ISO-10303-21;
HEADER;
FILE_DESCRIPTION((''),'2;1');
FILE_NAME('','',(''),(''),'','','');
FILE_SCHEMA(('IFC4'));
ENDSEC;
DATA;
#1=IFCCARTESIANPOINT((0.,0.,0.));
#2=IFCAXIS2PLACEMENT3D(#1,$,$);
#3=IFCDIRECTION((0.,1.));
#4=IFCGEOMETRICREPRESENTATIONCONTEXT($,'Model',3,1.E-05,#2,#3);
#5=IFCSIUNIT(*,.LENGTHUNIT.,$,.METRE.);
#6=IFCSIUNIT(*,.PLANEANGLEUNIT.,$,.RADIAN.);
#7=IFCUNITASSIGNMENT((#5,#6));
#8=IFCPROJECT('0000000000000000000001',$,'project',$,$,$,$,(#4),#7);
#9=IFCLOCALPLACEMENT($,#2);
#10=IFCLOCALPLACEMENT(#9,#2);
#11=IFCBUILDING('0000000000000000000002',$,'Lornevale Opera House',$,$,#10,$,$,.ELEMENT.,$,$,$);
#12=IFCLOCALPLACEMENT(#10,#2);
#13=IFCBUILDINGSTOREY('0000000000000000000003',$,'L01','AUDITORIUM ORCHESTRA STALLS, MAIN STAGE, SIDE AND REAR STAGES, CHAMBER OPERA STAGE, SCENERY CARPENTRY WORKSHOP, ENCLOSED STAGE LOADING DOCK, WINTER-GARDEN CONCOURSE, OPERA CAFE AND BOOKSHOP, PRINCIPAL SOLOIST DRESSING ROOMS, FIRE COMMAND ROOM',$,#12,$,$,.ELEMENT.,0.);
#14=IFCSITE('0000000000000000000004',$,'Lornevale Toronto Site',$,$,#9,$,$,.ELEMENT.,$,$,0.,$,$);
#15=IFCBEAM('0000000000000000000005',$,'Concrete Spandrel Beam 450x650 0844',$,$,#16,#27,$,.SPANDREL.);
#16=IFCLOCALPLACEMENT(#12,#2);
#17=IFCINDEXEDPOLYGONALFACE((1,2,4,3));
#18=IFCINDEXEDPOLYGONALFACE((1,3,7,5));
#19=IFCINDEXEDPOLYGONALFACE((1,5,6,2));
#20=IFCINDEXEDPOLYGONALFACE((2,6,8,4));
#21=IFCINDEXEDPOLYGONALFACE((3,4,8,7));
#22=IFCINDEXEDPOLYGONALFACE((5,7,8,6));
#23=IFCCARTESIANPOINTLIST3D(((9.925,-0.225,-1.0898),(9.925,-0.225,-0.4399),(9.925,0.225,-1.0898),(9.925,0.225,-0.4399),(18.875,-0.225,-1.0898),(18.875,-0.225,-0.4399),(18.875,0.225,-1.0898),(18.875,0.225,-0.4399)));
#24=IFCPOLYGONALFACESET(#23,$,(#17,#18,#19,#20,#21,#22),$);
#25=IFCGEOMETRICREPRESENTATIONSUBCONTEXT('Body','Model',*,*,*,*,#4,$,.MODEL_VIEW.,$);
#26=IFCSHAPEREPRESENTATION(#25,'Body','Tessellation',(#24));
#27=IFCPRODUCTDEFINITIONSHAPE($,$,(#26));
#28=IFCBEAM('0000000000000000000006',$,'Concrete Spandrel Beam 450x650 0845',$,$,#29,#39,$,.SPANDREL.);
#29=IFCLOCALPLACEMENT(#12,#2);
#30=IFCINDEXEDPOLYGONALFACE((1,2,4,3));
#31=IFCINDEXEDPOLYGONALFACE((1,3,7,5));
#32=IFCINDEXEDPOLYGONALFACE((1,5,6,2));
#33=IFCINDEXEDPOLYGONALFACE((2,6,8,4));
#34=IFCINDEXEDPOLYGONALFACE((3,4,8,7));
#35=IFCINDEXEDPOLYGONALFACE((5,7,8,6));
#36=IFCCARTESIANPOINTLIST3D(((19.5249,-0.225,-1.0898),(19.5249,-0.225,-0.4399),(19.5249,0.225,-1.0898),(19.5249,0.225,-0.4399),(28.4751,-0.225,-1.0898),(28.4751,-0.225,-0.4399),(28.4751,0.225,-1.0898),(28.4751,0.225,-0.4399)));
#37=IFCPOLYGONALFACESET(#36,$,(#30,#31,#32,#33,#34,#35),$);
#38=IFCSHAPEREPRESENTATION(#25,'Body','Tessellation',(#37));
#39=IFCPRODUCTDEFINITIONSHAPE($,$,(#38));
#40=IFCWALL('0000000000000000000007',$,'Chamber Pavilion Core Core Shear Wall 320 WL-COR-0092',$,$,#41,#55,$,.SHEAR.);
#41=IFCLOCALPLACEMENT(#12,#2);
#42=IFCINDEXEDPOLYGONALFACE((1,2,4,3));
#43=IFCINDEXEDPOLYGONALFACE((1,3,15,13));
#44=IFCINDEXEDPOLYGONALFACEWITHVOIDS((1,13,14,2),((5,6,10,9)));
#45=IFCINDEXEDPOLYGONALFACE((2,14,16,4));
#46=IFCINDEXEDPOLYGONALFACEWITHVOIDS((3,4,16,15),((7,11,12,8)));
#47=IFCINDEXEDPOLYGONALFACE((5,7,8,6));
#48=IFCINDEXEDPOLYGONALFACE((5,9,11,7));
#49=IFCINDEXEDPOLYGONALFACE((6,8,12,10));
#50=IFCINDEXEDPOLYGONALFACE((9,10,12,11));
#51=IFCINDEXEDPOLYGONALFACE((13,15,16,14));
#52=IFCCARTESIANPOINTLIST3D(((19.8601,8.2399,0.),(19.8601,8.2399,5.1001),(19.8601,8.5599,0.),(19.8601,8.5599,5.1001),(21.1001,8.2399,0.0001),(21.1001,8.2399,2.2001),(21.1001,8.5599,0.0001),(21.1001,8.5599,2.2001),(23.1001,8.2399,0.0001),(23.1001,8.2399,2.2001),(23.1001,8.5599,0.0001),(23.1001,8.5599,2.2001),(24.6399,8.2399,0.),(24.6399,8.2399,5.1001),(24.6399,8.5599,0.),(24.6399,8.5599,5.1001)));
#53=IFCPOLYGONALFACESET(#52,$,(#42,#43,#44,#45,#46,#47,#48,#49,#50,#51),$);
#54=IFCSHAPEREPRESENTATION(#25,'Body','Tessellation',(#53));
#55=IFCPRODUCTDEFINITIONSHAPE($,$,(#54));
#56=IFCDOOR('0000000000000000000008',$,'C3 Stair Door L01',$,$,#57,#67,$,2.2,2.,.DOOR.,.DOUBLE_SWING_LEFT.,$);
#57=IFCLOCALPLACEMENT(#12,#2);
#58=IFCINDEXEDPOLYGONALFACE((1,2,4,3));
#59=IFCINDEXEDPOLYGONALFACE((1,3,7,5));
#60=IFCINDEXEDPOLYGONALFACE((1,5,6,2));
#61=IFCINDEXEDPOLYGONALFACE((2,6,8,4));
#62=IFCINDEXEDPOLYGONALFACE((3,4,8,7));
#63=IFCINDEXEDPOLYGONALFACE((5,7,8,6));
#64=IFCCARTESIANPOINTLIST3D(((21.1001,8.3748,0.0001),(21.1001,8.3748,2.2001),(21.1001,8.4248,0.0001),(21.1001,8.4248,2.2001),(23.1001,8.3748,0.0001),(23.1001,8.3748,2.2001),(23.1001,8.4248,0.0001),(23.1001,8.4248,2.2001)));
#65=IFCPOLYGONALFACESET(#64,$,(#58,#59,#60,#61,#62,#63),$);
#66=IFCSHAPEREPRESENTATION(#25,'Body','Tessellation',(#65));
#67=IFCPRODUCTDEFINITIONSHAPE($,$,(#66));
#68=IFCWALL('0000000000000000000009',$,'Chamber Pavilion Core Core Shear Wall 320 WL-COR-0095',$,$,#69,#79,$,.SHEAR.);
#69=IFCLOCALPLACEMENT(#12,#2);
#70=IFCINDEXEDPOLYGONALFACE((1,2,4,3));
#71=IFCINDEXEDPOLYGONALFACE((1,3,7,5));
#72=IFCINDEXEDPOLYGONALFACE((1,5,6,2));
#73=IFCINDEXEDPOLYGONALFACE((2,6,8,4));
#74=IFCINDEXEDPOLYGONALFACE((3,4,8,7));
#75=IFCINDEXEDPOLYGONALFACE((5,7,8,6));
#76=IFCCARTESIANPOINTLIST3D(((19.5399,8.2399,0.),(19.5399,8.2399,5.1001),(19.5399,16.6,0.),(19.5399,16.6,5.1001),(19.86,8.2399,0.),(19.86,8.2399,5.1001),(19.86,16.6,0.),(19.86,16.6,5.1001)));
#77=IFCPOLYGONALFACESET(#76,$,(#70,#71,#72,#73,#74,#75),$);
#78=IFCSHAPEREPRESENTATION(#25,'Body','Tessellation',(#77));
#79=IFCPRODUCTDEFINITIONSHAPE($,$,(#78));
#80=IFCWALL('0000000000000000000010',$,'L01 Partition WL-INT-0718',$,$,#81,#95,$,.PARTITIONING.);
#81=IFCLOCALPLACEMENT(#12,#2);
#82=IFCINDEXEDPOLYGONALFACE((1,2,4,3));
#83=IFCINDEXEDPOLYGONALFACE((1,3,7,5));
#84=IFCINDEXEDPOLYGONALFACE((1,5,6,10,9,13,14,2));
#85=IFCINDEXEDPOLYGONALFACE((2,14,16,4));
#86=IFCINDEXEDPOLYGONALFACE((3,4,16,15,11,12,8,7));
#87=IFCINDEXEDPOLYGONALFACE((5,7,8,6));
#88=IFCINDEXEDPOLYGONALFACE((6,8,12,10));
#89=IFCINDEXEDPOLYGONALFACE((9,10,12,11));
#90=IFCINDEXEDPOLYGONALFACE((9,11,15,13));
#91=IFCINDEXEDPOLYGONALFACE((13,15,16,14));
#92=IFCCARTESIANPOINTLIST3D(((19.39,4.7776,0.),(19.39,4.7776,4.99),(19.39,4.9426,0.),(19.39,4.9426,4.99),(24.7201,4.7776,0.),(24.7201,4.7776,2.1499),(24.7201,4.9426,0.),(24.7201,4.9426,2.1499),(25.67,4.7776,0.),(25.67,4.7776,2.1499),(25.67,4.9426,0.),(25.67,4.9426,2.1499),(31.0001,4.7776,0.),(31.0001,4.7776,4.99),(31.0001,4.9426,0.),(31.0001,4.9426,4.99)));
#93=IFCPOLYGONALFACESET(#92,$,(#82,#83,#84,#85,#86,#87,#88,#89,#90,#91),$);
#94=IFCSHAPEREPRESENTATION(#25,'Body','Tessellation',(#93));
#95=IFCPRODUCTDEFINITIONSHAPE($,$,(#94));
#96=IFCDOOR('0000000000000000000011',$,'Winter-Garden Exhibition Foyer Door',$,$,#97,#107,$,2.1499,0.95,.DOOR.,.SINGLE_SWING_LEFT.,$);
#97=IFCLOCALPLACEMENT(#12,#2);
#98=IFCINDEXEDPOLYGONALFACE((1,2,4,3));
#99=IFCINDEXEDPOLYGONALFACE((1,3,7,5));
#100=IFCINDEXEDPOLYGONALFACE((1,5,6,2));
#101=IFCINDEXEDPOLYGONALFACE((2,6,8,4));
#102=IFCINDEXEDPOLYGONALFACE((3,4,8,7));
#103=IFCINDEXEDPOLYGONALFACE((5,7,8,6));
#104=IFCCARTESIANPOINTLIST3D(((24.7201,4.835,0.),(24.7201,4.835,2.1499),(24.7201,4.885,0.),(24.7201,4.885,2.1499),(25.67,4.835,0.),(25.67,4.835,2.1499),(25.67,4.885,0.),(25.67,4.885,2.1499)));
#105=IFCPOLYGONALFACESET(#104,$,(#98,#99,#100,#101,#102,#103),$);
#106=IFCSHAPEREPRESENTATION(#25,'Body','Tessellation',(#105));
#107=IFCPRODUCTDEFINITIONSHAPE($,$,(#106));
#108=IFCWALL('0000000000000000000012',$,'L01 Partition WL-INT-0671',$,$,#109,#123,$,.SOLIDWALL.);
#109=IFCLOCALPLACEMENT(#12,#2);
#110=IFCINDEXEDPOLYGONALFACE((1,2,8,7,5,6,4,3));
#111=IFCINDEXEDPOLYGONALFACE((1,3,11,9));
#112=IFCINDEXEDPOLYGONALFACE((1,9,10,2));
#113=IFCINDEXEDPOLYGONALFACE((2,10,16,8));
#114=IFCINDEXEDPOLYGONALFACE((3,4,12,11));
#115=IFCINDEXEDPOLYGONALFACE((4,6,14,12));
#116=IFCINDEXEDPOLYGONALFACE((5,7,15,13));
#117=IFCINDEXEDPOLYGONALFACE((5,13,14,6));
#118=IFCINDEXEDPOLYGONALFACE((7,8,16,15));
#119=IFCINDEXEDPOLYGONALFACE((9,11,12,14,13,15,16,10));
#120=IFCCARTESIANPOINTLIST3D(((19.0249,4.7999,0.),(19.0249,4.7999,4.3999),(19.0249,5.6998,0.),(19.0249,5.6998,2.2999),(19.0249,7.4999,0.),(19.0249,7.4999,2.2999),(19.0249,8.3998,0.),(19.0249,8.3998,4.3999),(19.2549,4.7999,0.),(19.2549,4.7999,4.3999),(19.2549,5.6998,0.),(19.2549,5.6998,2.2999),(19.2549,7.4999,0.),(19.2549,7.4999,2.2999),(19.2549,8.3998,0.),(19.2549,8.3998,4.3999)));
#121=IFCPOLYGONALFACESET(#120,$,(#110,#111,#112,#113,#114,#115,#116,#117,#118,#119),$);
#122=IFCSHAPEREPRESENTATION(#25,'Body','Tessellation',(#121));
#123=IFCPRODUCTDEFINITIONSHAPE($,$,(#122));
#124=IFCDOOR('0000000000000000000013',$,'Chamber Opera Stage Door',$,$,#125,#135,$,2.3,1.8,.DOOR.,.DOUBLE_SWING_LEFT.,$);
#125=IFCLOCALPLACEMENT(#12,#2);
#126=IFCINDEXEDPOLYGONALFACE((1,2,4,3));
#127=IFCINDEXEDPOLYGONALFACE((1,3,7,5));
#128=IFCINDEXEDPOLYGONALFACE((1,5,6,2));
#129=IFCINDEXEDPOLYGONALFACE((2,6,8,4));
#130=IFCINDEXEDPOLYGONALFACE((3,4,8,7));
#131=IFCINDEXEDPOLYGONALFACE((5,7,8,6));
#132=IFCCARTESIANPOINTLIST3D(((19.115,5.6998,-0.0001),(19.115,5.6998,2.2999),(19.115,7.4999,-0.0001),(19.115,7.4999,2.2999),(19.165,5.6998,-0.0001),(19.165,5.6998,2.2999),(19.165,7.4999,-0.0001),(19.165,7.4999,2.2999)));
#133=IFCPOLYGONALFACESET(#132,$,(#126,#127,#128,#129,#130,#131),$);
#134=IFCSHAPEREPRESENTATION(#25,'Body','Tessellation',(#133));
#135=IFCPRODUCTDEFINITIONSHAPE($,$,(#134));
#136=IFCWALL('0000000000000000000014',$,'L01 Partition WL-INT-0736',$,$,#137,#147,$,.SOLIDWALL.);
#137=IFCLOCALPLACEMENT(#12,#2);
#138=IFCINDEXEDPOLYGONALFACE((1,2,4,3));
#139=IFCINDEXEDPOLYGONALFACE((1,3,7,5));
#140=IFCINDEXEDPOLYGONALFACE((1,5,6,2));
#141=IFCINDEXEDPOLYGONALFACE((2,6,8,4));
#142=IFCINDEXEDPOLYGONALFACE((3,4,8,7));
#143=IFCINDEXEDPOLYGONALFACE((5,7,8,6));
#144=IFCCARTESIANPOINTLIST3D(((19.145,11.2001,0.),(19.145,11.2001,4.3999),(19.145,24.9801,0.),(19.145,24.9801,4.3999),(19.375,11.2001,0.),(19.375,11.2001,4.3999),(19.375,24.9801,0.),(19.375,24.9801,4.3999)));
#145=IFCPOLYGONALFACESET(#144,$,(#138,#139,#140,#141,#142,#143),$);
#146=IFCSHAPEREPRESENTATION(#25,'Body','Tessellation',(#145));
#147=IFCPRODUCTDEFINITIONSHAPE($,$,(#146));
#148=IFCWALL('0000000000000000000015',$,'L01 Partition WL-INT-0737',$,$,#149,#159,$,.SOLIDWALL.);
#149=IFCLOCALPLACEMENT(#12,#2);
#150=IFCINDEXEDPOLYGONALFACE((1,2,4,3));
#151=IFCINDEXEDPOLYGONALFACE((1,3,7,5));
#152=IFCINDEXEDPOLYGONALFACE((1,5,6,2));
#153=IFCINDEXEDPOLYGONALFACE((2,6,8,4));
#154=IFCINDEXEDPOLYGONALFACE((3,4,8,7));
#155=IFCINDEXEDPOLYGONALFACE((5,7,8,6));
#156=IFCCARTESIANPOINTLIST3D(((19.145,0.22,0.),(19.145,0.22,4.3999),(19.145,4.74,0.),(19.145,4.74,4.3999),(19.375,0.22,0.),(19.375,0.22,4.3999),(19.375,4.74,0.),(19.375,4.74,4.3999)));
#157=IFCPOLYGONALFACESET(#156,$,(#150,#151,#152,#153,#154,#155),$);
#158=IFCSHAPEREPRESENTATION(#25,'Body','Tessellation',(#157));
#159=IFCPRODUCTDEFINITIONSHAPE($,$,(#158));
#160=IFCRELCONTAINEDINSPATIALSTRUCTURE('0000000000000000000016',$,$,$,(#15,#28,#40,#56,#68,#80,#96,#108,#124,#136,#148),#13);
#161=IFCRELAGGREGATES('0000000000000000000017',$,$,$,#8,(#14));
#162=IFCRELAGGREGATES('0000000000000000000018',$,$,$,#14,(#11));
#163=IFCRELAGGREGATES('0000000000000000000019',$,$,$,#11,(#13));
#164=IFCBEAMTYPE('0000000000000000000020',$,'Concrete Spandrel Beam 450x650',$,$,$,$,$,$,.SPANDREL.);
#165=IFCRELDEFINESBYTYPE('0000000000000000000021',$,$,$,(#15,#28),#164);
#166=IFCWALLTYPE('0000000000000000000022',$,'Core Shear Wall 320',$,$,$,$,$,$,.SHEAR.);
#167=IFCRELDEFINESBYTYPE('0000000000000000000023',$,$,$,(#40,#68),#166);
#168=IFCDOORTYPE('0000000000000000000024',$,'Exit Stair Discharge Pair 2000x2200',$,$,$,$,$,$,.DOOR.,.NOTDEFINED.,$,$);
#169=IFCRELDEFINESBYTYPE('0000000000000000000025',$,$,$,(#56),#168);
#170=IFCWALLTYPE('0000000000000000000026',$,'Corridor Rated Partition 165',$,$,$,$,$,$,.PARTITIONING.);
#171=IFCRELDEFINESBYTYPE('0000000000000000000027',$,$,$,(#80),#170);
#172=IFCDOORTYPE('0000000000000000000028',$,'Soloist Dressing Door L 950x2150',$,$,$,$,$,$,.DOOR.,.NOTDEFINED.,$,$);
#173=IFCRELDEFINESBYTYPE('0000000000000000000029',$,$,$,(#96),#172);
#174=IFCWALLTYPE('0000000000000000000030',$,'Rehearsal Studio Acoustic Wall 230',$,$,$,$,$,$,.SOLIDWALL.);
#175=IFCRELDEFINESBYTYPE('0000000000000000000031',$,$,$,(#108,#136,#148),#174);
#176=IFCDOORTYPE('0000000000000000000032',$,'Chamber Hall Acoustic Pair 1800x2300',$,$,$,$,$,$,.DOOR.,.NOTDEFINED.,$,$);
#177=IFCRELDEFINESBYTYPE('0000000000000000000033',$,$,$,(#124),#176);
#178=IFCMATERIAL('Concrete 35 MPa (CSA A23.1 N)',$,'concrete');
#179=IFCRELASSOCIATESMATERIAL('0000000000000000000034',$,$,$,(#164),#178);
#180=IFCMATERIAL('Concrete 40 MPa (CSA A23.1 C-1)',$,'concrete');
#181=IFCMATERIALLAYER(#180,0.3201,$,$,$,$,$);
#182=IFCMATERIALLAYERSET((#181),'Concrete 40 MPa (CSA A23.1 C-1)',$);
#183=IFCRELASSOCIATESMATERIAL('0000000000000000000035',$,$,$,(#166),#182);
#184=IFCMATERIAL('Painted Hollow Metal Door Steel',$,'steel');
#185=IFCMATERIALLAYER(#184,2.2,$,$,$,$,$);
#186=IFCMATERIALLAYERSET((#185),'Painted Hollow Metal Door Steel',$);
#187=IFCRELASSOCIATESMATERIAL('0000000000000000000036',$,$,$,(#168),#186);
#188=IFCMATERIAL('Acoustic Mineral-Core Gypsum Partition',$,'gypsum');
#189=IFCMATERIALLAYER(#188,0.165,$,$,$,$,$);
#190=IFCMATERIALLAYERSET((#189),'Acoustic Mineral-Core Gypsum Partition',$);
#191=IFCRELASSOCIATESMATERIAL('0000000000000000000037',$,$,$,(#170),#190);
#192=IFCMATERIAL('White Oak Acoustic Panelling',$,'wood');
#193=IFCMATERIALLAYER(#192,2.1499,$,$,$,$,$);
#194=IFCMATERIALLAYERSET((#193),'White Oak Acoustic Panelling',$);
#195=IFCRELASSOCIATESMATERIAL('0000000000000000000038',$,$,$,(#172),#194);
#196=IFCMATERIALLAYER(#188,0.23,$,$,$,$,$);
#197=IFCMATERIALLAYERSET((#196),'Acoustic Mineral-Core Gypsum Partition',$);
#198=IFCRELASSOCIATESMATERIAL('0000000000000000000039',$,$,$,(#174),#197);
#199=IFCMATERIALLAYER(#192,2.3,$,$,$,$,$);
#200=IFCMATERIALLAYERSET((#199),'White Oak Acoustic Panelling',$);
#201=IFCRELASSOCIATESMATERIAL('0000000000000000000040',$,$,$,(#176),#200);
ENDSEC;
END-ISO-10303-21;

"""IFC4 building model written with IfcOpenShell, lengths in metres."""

from ifc_helpers import new_model, si_unit, direction, frame, frame_2d, origin, origin_2d, place, context, subcontext, project, spatial, rectangle, extrude, material, layer, layer_set, material_profile, profile_set, type_object, element, fill, save


model = new_model("IFC4")

# Units and contexts
model_context = context("Model", 3, precision=1e-05, world=origin(), true_north=direction((0.0, 1.0)))
body_context = subcontext(model_context, "Body", "Model", "MODEL_VIEW")
ifc_project = project(units=[si_unit("LENGTHUNIT", "METRE"), si_unit("PLANEANGLEUNIT", "RADIAN")], contexts=[model_context])

# Site, building, storey
site_placement = place(None, origin())
site = spatial("IfcSite", under=ifc_project, at=site_placement, Name="Lornevale Toronto Site", CompositionType="ELEMENT", RefElevation=0.0)
building_placement = place(site_placement, origin())
building = spatial("IfcBuilding", under=site, at=building_placement, Name="Lornevale Opera House", CompositionType="ELEMENT")
storey_placement = place(building_placement, origin())
storey = spatial("IfcBuildingStorey", under=building, at=storey_placement, Name="L01", Description="AUDITORIUM ORCHESTRA STALLS, MAIN STAGE, SIDE AND REAR STAGES, CHAMBER OPERA STAGE, SCENERY CARPENTRY WORKSHOP, ENCLOSED STAGE LOADING DOCK, WINTER-GARDEN CONCOURSE, OPERA CAFE AND BOOKSHOP, PRINCIPAL SOLOIST DRESSING ROOMS, FIRE COMMAND ROOM", CompositionType="ELEMENT", Elevation=0.0)

# Shared definitions
ifc_material_1 = material(Name="Concrete 40 MPa (CSA A23.1 C-1)", Category="concrete")

# Beams
ifc_material_2 = material(Name="Concrete 35 MPa (CSA A23.1 N)", Category="concrete")
ifc_material_profile_1 = material_profile(ifc_material_2, rectangle(XDim=0.45, YDim=0.6499, at=origin_2d()), Name="RC450x650")
ifc_profile_set_1 = profile_set([ifc_material_profile_1], Name="Concrete 35 MPa (CSA A23.1 N)")
beam_type_1 = type_object("IfcBeamType", Name="Concrete Spandrel Beam 450x650", PredefinedType="SPANDREL", material=ifc_profile_set_1)
beam_1_placement = place(storey_placement, frame((9.925, 0.0, -0.7649), z_axis=(1.0, 0.0, 0.0), x_axis=(0.0, 1.0, 0.0)))
element("IfcBeam", 1, at=beam_1_placement, inside=storey, type_object=beam_type_1, Name="Concrete Spandrel Beam 450x650 0844", PredefinedType="SPANDREL", context=body_context, shape_type="SweptSolid", body=[
    extrude(rectangle(XDim=0.45, YDim=0.6499, at=origin_2d()), origin(), (0.0, 0.0, 1.0), 8.95),
])
beam_2_placement = place(storey_placement, frame((19.5249, 0.0, -0.7649), z_axis=(1.0, 0.0, 0.0), x_axis=(0.0, 1.0, 0.0)))
element("IfcBeam", 2, at=beam_2_placement, inside=storey, type_object=beam_type_1, Name="Concrete Spandrel Beam 450x650 0845", PredefinedType="SPANDREL", context=body_context, shape_type="SweptSolid", body=[
    extrude(rectangle(XDim=0.45, YDim=0.6499, at=origin_2d()), origin(), (0.0, 0.0, 1.0), 8.9502),
])

# Wall, opening, door
ifc_layer_1 = layer(ifc_material_1, 0.3201)
ifc_layer_set_1 = layer_set([ifc_layer_1], Name="Concrete 40 MPa (CSA A23.1 C-1)")
wall_type_1 = type_object("IfcWallType", Name="Core Shear Wall 320", PredefinedType="SHEAR", material=ifc_layer_set_1)
wall_1_placement = place(storey_placement, frame((19.8601, 8.3999, 0.0), z_axis=(0.0, 0.0, 1.0), x_axis=(1.0, 0.0, 0.0)))
wall_1 = element("IfcWall", 3, at=wall_1_placement, inside=storey, type_object=wall_type_1, Name="Chamber Pavilion Core Core Shear Wall 320 WL-COR-0092", PredefinedType="SHEAR", context=body_context, shape_type="SweptSolid", body=[
    extrude(rectangle(XDim=4.7798, YDim=0.3201, at=frame_2d((2.3899, 0.0))), origin(), (0.0, 0.0, 1.0), 5.1001),
])
opening_1_placement = place(wall_1_placement, frame((1.24, 0.0, 0.0)))
opening_1 = element("IfcOpeningElement", 4, at=opening_1_placement, cuts=wall_1, PredefinedType="OPENING", context=body_context, shape_type="SweptSolid", body=[
    extrude(rectangle(XDim=2.0, YDim=2.2, at=frame_2d((1.0, 1.1001))), frame((0.0, 0.1699, 0.0), z_axis=(0.0, -1.0, 0.0), x_axis=(1.0, 0.0, 0.0)), (0.0, 0.0, 1.0), 0.3401),
])
ifc_material_3 = material(Name="Painted Hollow Metal Door Steel", Category="steel")
ifc_layer_2 = layer(ifc_material_3, 2.2)
ifc_layer_set_2 = layer_set([ifc_layer_2], Name="Painted Hollow Metal Door Steel")
door_type_1 = type_object("IfcDoorType", Name="Exit Stair Discharge Pair 2000x2200", OperationType="NOTDEFINED", PredefinedType="DOOR", material=ifc_layer_set_2)
door_1_placement = place(opening_1_placement, origin())
door_1 = element("IfcDoor", 5, at=door_1_placement, inside=storey, type_object=door_type_1, Name="C3 Stair Door L01", OperationType="DOUBLE_SWING_LEFT", OverallHeight=2.2, OverallWidth=2.0, PredefinedType="DOOR", context=body_context, shape_type="SweptSolid", body=[
    extrude(rectangle(XDim=2.0, YDim=2.2, at=frame_2d((1.0, 1.1001))), frame((0.0, 0.0249, 0.0), z_axis=(0.0, -1.0, 0.0), x_axis=(1.0, 0.0, 0.0)), (0.0, 0.0, 1.0), 0.05),
])
fill(opening_1, door_1)

# Wall
wall_2_placement = place(storey_placement, frame((19.7, 16.6001, 0.0), z_axis=(0.0, 0.0, 1.0), x_axis=(0.0, -1.0, 0.0)))
element("IfcWall", 6, at=wall_2_placement, inside=storey, type_object=wall_type_1, Name="Chamber Pavilion Core Core Shear Wall 320 WL-COR-0095", PredefinedType="SHEAR", context=body_context, shape_type="SweptSolid", body=[
    extrude(rectangle(XDim=8.3601, YDim=0.3201, at=frame_2d((4.1802, 0.0))), origin(), (0.0, 0.0, 1.0), 5.1001),
])

# Walls, openings, doors
ifc_material_4 = material(Name="Acoustic Mineral-Core Gypsum Partition", Category="gypsum")
ifc_layer_3 = layer(ifc_material_4, 0.165)
ifc_layer_set_3 = layer_set([ifc_layer_3], Name="Acoustic Mineral-Core Gypsum Partition")
wall_type_2 = type_object("IfcWallType", Name="Corridor Rated Partition 165", PredefinedType="PARTITIONING", material=ifc_layer_set_3)
wall_3_placement = place(storey_placement, frame((19.3899, 4.8601, 0.0), z_axis=(0.0, 0.0, 1.0), x_axis=(1.0, 0.0, 0.0)))
wall_3 = element("IfcWall", 7, at=wall_3_placement, inside=storey, type_object=wall_type_2, Name="L01 Partition WL-INT-0718", PredefinedType="PARTITIONING", context=body_context, shape_type="SweptSolid", body=[
    extrude(rectangle(XDim=11.6101, YDim=0.165, at=frame_2d((5.8052, 0.0))), origin(), (0.0, 0.0, 1.0), 4.99),
])
opening_2_placement = place(wall_3_placement, frame((5.3301, 0.0, 0.0)))
opening_2 = element("IfcOpeningElement", 8, at=opening_2_placement, cuts=wall_3, PredefinedType="OPENING", context=body_context, shape_type="SweptSolid", body=[
    extrude(rectangle(XDim=0.95, YDim=2.1499, at=frame_2d((0.4751, 1.075))), frame((0.0, 0.0925, 0.0), z_axis=(0.0, -1.0, 0.0), x_axis=(1.0, 0.0, 0.0)), (0.0, 0.0, 1.0), 0.1851),
])
ifc_material_5 = material(Name="White Oak Acoustic Panelling", Category="wood")
ifc_layer_4 = layer(ifc_material_5, 2.1499)
ifc_layer_set_4 = layer_set([ifc_layer_4], Name="White Oak Acoustic Panelling")
door_type_2 = type_object("IfcDoorType", Name="Soloist Dressing Door L 950x2150", OperationType="NOTDEFINED", PredefinedType="DOOR", material=ifc_layer_set_4)
door_2_placement = place(opening_2_placement, origin())
door_2 = element("IfcDoor", 9, at=door_2_placement, inside=storey, type_object=door_type_2, Name="Winter-Garden Exhibition Foyer Door", OperationType="SINGLE_SWING_LEFT", OverallHeight=2.1499, OverallWidth=0.95, PredefinedType="DOOR", context=body_context, shape_type="SweptSolid", body=[
    extrude(rectangle(XDim=0.95, YDim=2.1499, at=frame_2d((0.4751, 1.075))), frame((0.0, 0.0249, 0.0), z_axis=(0.0, -1.0, 0.0), x_axis=(1.0, 0.0, 0.0)), (0.0, 0.0, 1.0), 0.05),
])
fill(opening_2, door_2)
ifc_layer_5 = layer(ifc_material_4, 0.23)
ifc_layer_set_5 = layer_set([ifc_layer_5], Name="Acoustic Mineral-Core Gypsum Partition")
wall_type_3 = type_object("IfcWallType", Name="Rehearsal Studio Acoustic Wall 230", PredefinedType="SOLIDWALL", material=ifc_layer_set_5)
wall_4_placement = place(storey_placement, frame((19.1399, 4.8, 0.0), z_axis=(0.0, 0.0, 1.0), x_axis=(0.0, 1.0, 0.0)))
wall_4 = element("IfcWall", 10, at=wall_4_placement, inside=storey, type_object=wall_type_3, Name="L01 Partition WL-INT-0671", PredefinedType="SOLIDWALL", context=body_context, shape_type="SweptSolid", body=[
    extrude(rectangle(XDim=3.5999, YDim=0.23, at=frame_2d((1.7998, 0.0))), origin(), (0.0, 0.0, 1.0), 4.3999),
])
opening_3_placement = place(wall_4_placement, frame((0.8999, 0.0, 0.0)))
opening_3 = element("IfcOpeningElement", 11, at=opening_3_placement, cuts=wall_4, PredefinedType="OPENING", context=body_context, shape_type="SweptSolid", body=[
    extrude(rectangle(XDim=1.8, YDim=2.3, at=frame_2d((0.8999, 1.1499))), frame((0.0, 0.125, 0.0), z_axis=(0.0, -1.0, 0.0), x_axis=(1.0, 0.0, 0.0)), (0.0, 0.0, 1.0), 0.25),
])
ifc_layer_6 = layer(ifc_material_5, 2.3)
ifc_layer_set_6 = layer_set([ifc_layer_6], Name="White Oak Acoustic Panelling")
door_type_3 = type_object("IfcDoorType", Name="Chamber Hall Acoustic Pair 1800x2300", OperationType="NOTDEFINED", PredefinedType="DOOR", material=ifc_layer_set_6)
door_3_placement = place(opening_3_placement, origin())
door_3 = element("IfcDoor", 12, at=door_3_placement, inside=storey, type_object=door_type_3, Name="Chamber Opera Stage Door", OperationType="DOUBLE_SWING_LEFT", OverallHeight=2.3, OverallWidth=1.8, PredefinedType="DOOR", context=body_context, shape_type="SweptSolid", body=[
    extrude(rectangle(XDim=1.8, YDim=2.3, at=frame_2d((0.8999, 1.1499))), frame((0.0, 0.0249, 0.0), z_axis=(0.0, -1.0, 0.0), x_axis=(1.0, 0.0, 0.0)), (0.0, 0.0, 1.0), 0.05),
])
fill(opening_3, door_3)

# Walls
wall_5_placement = place(storey_placement, frame((19.26, 11.2, 0.0), z_axis=(0.0, 0.0, 1.0), x_axis=(0.0, 1.0, 0.0)))
element("IfcWall", 13, at=wall_5_placement, inside=storey, type_object=wall_type_3, Name="L01 Partition WL-INT-0736", PredefinedType="SOLIDWALL", context=body_context, shape_type="SweptSolid", body=[
    extrude(rectangle(XDim=13.78, YDim=0.23, at=frame_2d((6.8901, 0.0))), origin(), (0.0, 0.0, 1.0), 4.3999),
])
wall_6_placement = place(storey_placement, frame((19.26, 0.22, 0.0), z_axis=(0.0, 0.0, 1.0), x_axis=(0.0, 1.0, 0.0)))
element("IfcWall", 14, at=wall_6_placement, inside=storey, type_object=wall_type_3, Name="L01 Partition WL-INT-0737", PredefinedType="SOLIDWALL", context=body_context, shape_type="SweptSolid", body=[
    extrude(rectangle(XDim=4.52, YDim=0.23, at=frame_2d((2.26, 0.0))), origin(), (0.0, 0.0, 1.0), 4.3999),
])

save(model, "model.ifc")
